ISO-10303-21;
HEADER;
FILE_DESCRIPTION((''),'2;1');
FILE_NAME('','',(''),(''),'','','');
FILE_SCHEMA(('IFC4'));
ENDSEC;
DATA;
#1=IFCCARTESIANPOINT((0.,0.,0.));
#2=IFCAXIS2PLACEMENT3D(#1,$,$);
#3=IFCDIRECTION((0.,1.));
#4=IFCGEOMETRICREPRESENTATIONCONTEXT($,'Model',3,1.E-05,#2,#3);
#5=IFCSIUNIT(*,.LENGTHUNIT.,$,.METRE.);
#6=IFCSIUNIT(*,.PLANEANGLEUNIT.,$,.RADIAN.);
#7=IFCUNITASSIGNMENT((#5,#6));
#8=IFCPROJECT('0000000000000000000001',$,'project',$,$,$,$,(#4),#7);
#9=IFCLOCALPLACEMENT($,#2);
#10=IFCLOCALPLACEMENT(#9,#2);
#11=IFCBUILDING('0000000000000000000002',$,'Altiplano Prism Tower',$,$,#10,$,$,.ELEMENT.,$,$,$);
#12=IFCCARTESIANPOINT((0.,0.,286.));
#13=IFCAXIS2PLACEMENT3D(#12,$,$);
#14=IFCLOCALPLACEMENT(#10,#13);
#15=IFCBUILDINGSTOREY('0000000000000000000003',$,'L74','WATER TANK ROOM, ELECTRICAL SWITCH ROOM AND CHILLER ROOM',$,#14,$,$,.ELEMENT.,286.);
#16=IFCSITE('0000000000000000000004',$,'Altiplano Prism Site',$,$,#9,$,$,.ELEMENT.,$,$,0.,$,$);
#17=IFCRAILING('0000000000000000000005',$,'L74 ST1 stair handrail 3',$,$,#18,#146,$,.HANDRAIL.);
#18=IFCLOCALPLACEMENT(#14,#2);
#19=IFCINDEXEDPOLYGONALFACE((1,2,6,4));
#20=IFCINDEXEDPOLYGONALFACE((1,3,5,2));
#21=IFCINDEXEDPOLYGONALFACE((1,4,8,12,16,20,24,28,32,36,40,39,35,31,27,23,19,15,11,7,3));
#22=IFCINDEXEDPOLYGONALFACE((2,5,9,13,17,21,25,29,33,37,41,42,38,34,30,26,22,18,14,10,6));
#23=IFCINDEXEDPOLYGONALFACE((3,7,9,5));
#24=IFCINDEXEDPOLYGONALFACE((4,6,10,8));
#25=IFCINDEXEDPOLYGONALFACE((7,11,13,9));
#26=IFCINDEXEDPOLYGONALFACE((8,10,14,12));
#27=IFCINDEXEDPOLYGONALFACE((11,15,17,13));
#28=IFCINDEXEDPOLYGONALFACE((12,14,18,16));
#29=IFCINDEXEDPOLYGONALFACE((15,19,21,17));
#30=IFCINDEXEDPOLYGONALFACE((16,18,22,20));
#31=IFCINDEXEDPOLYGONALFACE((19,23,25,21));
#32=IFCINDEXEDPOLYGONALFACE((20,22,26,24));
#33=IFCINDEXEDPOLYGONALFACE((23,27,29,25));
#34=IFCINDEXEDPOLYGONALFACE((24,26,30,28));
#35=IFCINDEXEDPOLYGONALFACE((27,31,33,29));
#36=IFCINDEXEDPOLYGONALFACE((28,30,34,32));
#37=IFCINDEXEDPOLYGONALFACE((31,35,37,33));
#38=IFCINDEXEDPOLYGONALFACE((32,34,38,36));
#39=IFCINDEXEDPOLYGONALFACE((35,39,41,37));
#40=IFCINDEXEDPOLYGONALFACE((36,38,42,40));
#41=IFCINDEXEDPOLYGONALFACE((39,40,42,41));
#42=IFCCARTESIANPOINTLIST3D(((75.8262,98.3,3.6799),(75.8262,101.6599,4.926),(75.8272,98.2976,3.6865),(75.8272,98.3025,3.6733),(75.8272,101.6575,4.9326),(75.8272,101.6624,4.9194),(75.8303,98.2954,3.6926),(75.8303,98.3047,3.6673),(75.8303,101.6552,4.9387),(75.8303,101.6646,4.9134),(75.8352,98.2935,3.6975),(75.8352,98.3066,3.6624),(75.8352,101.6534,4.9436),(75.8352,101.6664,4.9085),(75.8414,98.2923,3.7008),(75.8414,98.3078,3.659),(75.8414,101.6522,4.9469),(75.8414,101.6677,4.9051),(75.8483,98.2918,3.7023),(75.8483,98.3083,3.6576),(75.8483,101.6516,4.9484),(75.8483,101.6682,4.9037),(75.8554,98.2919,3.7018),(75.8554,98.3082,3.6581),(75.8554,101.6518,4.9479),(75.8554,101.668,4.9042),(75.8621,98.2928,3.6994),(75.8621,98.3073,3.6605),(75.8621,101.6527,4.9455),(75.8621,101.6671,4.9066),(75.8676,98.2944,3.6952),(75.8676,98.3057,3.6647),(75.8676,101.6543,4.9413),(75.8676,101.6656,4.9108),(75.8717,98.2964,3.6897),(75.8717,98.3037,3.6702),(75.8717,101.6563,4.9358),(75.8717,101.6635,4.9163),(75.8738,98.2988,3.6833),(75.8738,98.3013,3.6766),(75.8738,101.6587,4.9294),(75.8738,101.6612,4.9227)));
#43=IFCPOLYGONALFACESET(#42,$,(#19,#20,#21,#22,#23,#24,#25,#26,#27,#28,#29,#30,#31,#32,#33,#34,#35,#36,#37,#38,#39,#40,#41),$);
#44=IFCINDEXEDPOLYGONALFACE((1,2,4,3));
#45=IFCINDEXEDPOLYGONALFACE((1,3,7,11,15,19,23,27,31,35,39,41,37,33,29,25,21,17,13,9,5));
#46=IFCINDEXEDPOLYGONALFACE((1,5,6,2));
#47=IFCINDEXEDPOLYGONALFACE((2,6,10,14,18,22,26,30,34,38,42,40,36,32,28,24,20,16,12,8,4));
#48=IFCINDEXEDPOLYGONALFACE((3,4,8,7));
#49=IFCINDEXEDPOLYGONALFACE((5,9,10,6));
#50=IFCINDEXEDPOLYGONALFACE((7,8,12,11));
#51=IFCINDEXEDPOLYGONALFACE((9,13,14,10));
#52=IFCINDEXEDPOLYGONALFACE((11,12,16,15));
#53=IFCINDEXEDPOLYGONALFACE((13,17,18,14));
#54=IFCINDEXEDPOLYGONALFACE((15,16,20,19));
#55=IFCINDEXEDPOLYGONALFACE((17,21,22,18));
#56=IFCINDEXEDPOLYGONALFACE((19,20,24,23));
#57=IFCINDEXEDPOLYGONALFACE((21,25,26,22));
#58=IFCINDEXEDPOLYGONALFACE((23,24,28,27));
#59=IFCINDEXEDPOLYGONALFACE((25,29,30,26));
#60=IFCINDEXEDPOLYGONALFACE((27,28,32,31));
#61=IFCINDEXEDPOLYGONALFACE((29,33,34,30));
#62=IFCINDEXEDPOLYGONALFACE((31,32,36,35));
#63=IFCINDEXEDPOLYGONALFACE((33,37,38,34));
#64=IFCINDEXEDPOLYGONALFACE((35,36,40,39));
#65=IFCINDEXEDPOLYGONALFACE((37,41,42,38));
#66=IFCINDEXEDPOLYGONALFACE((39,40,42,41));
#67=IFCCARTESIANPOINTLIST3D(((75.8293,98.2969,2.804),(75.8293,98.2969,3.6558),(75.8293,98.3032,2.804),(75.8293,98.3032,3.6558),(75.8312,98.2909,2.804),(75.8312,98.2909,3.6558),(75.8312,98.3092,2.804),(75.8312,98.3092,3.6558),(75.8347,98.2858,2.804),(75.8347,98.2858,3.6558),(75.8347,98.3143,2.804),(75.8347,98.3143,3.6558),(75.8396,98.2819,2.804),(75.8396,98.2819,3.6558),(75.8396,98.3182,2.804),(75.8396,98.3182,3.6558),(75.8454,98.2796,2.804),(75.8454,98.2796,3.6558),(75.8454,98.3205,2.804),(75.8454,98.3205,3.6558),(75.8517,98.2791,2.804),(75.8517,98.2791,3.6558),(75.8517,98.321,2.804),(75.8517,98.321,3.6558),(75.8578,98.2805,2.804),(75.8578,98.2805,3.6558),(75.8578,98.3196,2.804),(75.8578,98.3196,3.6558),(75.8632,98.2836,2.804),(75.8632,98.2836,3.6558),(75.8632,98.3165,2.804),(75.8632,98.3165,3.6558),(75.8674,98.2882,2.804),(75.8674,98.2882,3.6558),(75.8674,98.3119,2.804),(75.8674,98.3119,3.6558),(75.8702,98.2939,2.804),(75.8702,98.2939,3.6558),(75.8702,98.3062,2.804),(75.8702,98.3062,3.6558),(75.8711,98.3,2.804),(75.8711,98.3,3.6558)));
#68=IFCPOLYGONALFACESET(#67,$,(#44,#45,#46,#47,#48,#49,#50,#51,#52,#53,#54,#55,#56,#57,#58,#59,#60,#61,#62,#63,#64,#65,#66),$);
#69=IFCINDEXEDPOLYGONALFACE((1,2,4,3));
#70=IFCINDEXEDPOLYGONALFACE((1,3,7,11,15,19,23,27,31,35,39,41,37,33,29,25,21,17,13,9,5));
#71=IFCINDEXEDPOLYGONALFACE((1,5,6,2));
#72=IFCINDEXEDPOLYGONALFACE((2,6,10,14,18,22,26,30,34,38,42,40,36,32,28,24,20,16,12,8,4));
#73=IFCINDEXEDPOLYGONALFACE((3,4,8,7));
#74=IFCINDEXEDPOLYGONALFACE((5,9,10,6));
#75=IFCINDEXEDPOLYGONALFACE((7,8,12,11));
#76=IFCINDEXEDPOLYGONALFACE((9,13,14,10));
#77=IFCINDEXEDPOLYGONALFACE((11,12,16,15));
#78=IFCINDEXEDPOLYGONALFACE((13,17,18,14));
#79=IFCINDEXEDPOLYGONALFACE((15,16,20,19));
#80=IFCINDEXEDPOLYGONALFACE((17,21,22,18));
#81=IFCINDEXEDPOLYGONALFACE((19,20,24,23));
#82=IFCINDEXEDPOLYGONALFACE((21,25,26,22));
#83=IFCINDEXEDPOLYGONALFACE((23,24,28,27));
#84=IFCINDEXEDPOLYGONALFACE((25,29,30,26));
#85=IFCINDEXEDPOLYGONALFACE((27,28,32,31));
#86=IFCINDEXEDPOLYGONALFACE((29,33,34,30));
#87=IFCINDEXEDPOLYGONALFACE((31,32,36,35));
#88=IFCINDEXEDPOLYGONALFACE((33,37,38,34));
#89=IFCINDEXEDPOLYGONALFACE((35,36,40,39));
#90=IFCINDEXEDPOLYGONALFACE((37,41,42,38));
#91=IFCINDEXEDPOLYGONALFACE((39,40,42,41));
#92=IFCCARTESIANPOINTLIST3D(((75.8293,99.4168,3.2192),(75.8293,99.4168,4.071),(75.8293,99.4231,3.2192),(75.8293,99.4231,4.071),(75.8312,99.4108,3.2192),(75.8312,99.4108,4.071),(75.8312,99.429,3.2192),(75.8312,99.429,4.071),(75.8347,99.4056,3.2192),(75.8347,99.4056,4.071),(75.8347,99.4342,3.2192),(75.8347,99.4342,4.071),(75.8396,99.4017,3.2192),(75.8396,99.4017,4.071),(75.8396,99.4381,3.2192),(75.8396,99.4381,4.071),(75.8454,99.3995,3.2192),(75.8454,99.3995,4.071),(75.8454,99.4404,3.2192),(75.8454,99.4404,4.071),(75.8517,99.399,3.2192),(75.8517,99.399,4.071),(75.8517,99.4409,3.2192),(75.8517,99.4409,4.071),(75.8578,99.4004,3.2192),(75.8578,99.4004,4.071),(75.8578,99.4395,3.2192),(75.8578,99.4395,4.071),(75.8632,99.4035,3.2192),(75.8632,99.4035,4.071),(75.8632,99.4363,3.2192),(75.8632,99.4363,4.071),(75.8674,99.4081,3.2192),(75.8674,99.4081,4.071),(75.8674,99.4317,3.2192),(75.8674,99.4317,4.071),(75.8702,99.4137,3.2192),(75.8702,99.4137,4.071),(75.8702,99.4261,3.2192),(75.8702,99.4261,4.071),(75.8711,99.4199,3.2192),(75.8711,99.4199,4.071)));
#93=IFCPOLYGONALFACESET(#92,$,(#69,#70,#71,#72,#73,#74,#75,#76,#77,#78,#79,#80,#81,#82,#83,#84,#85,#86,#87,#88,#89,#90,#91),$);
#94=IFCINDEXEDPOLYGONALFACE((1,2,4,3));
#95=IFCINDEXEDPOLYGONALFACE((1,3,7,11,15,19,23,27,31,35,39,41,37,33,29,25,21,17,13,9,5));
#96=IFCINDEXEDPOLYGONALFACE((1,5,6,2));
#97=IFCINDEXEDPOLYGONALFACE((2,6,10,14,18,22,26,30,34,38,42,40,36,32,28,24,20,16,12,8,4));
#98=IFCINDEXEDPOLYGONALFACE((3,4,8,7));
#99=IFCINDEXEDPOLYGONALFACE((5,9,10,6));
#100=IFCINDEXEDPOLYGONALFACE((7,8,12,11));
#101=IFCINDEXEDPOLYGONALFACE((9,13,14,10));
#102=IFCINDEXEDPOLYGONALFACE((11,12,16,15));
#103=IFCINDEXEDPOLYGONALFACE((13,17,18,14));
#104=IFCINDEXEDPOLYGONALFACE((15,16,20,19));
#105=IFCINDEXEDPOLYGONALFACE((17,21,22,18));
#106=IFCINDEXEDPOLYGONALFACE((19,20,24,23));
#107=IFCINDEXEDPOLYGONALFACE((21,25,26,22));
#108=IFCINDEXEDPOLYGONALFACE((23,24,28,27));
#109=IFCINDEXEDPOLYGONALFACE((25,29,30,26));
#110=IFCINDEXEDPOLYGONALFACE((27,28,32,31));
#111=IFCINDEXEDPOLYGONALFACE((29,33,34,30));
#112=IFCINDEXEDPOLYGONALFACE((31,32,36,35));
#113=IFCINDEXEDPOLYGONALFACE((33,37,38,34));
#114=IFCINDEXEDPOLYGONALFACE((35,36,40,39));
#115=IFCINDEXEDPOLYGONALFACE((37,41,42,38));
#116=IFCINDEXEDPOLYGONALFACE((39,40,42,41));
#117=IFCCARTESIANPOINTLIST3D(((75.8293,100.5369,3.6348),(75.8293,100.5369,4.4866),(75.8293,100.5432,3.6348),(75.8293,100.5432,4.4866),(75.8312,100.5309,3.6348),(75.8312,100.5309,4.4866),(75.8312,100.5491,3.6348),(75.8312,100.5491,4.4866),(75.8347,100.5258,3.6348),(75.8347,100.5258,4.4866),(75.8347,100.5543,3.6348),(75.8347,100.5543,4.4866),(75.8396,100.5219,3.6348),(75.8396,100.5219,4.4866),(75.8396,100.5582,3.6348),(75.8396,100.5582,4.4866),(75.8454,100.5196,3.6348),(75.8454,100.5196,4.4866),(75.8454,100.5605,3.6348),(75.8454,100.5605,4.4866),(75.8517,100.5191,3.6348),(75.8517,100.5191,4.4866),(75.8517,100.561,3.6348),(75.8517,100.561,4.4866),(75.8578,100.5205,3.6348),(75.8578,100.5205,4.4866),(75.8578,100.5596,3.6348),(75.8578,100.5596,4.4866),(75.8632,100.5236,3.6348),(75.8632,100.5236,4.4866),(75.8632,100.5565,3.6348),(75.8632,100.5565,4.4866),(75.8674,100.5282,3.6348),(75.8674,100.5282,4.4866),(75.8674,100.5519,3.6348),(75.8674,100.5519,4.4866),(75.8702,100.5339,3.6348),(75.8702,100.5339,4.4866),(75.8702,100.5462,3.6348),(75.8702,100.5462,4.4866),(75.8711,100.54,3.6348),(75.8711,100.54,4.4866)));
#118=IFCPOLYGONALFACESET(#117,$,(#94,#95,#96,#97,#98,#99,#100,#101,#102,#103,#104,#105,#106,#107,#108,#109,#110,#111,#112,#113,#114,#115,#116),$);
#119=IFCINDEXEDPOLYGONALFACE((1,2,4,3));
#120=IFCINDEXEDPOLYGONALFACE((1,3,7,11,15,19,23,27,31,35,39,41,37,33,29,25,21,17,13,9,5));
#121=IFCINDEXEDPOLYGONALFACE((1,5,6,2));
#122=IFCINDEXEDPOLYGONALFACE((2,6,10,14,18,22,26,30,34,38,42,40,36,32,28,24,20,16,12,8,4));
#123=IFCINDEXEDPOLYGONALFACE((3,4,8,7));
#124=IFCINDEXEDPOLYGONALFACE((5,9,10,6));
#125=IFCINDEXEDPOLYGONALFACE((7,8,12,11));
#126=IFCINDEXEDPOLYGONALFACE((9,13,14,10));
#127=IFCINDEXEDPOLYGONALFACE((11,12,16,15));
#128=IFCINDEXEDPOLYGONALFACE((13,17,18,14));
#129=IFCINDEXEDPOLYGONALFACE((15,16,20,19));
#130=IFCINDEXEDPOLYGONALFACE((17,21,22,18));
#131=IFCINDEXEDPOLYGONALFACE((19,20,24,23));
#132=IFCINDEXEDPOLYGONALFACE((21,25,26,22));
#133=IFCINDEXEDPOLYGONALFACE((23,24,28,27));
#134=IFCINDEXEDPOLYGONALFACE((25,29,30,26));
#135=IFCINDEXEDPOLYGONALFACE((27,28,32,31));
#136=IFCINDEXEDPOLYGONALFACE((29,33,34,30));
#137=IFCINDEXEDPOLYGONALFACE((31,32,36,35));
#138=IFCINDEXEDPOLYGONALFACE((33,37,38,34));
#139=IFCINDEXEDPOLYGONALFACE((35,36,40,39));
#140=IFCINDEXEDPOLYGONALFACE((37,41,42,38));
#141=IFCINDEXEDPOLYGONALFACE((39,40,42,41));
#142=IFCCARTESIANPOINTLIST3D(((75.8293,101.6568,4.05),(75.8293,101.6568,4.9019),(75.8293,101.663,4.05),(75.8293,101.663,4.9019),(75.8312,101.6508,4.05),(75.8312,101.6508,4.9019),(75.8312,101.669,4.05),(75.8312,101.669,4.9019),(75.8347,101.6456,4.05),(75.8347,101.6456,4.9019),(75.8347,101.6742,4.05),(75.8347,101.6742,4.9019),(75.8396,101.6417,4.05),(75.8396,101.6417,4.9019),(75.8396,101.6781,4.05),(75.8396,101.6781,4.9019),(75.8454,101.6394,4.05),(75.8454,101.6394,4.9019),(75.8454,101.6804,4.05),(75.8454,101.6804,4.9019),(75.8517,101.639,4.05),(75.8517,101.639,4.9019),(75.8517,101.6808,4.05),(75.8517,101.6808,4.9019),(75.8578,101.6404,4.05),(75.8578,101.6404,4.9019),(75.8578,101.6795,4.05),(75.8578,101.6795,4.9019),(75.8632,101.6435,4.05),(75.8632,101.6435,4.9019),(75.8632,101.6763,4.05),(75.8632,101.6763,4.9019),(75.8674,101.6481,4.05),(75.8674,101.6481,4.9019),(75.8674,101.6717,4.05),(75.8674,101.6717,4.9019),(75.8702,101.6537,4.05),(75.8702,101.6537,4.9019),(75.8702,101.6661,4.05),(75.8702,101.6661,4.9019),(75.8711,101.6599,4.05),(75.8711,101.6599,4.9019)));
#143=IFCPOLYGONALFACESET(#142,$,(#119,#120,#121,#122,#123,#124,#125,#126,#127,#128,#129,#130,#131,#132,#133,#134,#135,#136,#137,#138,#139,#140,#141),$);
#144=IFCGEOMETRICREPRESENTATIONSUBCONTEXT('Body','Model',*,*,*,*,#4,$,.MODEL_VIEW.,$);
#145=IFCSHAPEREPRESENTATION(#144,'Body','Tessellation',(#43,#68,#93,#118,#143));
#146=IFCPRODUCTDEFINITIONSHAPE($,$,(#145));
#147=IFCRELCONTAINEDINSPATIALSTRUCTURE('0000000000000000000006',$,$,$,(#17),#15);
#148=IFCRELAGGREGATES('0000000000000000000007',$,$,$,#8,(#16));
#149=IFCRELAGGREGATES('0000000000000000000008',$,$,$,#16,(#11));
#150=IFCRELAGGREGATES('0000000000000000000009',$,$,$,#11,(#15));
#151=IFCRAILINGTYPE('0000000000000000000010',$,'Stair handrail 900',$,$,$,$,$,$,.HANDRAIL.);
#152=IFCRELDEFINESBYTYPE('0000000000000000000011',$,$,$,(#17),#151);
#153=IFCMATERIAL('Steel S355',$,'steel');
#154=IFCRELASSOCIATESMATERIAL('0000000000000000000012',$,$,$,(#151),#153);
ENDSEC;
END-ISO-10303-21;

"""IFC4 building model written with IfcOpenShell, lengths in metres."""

from ifc_helpers import new_model, si_unit, direction, frame, origin, origin_2d, place, context, subcontext, project, spatial, circle, extrude, material, type_object, element, save


model = new_model("IFC4")

# Units and contexts
model_context = context("Model", 3, precision=1e-05, world=origin(), true_north=direction((0.0, 1.0)))
body_context = subcontext(model_context, "Body", "Model", "MODEL_VIEW")
ifc_project = project(units=[si_unit("LENGTHUNIT", "METRE"), si_unit("PLANEANGLEUNIT", "RADIAN")], contexts=[model_context])

# Site, building, storey
site_placement = place(None, origin())
site = spatial("IfcSite", under=ifc_project, at=site_placement, Name="Altiplano Prism Site", CompositionType="ELEMENT", RefElevation=0.0)
building_placement = place(site_placement, origin())
building = spatial("IfcBuilding", under=site, at=building_placement, Name="Altiplano Prism Tower", CompositionType="ELEMENT")
storey_placement = place(building_placement, frame((0.0, 0.0, 286.0)))
storey = spatial("IfcBuildingStorey", under=building, at=storey_placement, Name="L74", Description="WATER TANK ROOM, ELECTRICAL SWITCH ROOM AND CHILLER ROOM", CompositionType="ELEMENT", Elevation=286.0)

# Railing
ifc_material_1 = material(Name="Steel S355", Category="steel")
railing_type = type_object("IfcRailingType", Name="Stair handrail 900", PredefinedType="HANDRAIL", material=ifc_material_1)
railing_1_placement = place(storey_placement, frame((75.8501, 98.3, 2.804)))
element("IfcRailing", 1, at=railing_1_placement, inside=storey, type_object=railing_type, Name="L74 ST1 stair handrail 3", PredefinedType="HANDRAIL", context=body_context, shape_type="SweptSolid", body=[
    extrude(circle(Radius=0.0239, at=origin_2d()), frame((0.0, 0.0, 0.876), z_axis=(0.0, 0.937594, 0.347731), x_axis=(-1.0, 0.0, 0.0)), (0.0, 0.0, 1.0), 3.5835),
    extrude(circle(Radius=0.021, at=origin_2d()), origin(), (0.0, 0.0, 1.0), 0.8518),
    extrude(circle(Radius=0.021, at=origin_2d()), frame((0.0, 1.1199, 0.4153)), (0.0, 0.0, 1.0), 0.8518),
    extrude(circle(Radius=0.021, at=origin_2d()), frame((0.0, 2.24, 0.8308)), (0.0, 0.0, 1.0), 0.8518),
    extrude(circle(Radius=0.021, at=origin_2d()), frame((0.0, 3.3599, 1.2461)), (0.0, 0.0, 1.0), 0.8518),
])

save(model, "model.ifc")
